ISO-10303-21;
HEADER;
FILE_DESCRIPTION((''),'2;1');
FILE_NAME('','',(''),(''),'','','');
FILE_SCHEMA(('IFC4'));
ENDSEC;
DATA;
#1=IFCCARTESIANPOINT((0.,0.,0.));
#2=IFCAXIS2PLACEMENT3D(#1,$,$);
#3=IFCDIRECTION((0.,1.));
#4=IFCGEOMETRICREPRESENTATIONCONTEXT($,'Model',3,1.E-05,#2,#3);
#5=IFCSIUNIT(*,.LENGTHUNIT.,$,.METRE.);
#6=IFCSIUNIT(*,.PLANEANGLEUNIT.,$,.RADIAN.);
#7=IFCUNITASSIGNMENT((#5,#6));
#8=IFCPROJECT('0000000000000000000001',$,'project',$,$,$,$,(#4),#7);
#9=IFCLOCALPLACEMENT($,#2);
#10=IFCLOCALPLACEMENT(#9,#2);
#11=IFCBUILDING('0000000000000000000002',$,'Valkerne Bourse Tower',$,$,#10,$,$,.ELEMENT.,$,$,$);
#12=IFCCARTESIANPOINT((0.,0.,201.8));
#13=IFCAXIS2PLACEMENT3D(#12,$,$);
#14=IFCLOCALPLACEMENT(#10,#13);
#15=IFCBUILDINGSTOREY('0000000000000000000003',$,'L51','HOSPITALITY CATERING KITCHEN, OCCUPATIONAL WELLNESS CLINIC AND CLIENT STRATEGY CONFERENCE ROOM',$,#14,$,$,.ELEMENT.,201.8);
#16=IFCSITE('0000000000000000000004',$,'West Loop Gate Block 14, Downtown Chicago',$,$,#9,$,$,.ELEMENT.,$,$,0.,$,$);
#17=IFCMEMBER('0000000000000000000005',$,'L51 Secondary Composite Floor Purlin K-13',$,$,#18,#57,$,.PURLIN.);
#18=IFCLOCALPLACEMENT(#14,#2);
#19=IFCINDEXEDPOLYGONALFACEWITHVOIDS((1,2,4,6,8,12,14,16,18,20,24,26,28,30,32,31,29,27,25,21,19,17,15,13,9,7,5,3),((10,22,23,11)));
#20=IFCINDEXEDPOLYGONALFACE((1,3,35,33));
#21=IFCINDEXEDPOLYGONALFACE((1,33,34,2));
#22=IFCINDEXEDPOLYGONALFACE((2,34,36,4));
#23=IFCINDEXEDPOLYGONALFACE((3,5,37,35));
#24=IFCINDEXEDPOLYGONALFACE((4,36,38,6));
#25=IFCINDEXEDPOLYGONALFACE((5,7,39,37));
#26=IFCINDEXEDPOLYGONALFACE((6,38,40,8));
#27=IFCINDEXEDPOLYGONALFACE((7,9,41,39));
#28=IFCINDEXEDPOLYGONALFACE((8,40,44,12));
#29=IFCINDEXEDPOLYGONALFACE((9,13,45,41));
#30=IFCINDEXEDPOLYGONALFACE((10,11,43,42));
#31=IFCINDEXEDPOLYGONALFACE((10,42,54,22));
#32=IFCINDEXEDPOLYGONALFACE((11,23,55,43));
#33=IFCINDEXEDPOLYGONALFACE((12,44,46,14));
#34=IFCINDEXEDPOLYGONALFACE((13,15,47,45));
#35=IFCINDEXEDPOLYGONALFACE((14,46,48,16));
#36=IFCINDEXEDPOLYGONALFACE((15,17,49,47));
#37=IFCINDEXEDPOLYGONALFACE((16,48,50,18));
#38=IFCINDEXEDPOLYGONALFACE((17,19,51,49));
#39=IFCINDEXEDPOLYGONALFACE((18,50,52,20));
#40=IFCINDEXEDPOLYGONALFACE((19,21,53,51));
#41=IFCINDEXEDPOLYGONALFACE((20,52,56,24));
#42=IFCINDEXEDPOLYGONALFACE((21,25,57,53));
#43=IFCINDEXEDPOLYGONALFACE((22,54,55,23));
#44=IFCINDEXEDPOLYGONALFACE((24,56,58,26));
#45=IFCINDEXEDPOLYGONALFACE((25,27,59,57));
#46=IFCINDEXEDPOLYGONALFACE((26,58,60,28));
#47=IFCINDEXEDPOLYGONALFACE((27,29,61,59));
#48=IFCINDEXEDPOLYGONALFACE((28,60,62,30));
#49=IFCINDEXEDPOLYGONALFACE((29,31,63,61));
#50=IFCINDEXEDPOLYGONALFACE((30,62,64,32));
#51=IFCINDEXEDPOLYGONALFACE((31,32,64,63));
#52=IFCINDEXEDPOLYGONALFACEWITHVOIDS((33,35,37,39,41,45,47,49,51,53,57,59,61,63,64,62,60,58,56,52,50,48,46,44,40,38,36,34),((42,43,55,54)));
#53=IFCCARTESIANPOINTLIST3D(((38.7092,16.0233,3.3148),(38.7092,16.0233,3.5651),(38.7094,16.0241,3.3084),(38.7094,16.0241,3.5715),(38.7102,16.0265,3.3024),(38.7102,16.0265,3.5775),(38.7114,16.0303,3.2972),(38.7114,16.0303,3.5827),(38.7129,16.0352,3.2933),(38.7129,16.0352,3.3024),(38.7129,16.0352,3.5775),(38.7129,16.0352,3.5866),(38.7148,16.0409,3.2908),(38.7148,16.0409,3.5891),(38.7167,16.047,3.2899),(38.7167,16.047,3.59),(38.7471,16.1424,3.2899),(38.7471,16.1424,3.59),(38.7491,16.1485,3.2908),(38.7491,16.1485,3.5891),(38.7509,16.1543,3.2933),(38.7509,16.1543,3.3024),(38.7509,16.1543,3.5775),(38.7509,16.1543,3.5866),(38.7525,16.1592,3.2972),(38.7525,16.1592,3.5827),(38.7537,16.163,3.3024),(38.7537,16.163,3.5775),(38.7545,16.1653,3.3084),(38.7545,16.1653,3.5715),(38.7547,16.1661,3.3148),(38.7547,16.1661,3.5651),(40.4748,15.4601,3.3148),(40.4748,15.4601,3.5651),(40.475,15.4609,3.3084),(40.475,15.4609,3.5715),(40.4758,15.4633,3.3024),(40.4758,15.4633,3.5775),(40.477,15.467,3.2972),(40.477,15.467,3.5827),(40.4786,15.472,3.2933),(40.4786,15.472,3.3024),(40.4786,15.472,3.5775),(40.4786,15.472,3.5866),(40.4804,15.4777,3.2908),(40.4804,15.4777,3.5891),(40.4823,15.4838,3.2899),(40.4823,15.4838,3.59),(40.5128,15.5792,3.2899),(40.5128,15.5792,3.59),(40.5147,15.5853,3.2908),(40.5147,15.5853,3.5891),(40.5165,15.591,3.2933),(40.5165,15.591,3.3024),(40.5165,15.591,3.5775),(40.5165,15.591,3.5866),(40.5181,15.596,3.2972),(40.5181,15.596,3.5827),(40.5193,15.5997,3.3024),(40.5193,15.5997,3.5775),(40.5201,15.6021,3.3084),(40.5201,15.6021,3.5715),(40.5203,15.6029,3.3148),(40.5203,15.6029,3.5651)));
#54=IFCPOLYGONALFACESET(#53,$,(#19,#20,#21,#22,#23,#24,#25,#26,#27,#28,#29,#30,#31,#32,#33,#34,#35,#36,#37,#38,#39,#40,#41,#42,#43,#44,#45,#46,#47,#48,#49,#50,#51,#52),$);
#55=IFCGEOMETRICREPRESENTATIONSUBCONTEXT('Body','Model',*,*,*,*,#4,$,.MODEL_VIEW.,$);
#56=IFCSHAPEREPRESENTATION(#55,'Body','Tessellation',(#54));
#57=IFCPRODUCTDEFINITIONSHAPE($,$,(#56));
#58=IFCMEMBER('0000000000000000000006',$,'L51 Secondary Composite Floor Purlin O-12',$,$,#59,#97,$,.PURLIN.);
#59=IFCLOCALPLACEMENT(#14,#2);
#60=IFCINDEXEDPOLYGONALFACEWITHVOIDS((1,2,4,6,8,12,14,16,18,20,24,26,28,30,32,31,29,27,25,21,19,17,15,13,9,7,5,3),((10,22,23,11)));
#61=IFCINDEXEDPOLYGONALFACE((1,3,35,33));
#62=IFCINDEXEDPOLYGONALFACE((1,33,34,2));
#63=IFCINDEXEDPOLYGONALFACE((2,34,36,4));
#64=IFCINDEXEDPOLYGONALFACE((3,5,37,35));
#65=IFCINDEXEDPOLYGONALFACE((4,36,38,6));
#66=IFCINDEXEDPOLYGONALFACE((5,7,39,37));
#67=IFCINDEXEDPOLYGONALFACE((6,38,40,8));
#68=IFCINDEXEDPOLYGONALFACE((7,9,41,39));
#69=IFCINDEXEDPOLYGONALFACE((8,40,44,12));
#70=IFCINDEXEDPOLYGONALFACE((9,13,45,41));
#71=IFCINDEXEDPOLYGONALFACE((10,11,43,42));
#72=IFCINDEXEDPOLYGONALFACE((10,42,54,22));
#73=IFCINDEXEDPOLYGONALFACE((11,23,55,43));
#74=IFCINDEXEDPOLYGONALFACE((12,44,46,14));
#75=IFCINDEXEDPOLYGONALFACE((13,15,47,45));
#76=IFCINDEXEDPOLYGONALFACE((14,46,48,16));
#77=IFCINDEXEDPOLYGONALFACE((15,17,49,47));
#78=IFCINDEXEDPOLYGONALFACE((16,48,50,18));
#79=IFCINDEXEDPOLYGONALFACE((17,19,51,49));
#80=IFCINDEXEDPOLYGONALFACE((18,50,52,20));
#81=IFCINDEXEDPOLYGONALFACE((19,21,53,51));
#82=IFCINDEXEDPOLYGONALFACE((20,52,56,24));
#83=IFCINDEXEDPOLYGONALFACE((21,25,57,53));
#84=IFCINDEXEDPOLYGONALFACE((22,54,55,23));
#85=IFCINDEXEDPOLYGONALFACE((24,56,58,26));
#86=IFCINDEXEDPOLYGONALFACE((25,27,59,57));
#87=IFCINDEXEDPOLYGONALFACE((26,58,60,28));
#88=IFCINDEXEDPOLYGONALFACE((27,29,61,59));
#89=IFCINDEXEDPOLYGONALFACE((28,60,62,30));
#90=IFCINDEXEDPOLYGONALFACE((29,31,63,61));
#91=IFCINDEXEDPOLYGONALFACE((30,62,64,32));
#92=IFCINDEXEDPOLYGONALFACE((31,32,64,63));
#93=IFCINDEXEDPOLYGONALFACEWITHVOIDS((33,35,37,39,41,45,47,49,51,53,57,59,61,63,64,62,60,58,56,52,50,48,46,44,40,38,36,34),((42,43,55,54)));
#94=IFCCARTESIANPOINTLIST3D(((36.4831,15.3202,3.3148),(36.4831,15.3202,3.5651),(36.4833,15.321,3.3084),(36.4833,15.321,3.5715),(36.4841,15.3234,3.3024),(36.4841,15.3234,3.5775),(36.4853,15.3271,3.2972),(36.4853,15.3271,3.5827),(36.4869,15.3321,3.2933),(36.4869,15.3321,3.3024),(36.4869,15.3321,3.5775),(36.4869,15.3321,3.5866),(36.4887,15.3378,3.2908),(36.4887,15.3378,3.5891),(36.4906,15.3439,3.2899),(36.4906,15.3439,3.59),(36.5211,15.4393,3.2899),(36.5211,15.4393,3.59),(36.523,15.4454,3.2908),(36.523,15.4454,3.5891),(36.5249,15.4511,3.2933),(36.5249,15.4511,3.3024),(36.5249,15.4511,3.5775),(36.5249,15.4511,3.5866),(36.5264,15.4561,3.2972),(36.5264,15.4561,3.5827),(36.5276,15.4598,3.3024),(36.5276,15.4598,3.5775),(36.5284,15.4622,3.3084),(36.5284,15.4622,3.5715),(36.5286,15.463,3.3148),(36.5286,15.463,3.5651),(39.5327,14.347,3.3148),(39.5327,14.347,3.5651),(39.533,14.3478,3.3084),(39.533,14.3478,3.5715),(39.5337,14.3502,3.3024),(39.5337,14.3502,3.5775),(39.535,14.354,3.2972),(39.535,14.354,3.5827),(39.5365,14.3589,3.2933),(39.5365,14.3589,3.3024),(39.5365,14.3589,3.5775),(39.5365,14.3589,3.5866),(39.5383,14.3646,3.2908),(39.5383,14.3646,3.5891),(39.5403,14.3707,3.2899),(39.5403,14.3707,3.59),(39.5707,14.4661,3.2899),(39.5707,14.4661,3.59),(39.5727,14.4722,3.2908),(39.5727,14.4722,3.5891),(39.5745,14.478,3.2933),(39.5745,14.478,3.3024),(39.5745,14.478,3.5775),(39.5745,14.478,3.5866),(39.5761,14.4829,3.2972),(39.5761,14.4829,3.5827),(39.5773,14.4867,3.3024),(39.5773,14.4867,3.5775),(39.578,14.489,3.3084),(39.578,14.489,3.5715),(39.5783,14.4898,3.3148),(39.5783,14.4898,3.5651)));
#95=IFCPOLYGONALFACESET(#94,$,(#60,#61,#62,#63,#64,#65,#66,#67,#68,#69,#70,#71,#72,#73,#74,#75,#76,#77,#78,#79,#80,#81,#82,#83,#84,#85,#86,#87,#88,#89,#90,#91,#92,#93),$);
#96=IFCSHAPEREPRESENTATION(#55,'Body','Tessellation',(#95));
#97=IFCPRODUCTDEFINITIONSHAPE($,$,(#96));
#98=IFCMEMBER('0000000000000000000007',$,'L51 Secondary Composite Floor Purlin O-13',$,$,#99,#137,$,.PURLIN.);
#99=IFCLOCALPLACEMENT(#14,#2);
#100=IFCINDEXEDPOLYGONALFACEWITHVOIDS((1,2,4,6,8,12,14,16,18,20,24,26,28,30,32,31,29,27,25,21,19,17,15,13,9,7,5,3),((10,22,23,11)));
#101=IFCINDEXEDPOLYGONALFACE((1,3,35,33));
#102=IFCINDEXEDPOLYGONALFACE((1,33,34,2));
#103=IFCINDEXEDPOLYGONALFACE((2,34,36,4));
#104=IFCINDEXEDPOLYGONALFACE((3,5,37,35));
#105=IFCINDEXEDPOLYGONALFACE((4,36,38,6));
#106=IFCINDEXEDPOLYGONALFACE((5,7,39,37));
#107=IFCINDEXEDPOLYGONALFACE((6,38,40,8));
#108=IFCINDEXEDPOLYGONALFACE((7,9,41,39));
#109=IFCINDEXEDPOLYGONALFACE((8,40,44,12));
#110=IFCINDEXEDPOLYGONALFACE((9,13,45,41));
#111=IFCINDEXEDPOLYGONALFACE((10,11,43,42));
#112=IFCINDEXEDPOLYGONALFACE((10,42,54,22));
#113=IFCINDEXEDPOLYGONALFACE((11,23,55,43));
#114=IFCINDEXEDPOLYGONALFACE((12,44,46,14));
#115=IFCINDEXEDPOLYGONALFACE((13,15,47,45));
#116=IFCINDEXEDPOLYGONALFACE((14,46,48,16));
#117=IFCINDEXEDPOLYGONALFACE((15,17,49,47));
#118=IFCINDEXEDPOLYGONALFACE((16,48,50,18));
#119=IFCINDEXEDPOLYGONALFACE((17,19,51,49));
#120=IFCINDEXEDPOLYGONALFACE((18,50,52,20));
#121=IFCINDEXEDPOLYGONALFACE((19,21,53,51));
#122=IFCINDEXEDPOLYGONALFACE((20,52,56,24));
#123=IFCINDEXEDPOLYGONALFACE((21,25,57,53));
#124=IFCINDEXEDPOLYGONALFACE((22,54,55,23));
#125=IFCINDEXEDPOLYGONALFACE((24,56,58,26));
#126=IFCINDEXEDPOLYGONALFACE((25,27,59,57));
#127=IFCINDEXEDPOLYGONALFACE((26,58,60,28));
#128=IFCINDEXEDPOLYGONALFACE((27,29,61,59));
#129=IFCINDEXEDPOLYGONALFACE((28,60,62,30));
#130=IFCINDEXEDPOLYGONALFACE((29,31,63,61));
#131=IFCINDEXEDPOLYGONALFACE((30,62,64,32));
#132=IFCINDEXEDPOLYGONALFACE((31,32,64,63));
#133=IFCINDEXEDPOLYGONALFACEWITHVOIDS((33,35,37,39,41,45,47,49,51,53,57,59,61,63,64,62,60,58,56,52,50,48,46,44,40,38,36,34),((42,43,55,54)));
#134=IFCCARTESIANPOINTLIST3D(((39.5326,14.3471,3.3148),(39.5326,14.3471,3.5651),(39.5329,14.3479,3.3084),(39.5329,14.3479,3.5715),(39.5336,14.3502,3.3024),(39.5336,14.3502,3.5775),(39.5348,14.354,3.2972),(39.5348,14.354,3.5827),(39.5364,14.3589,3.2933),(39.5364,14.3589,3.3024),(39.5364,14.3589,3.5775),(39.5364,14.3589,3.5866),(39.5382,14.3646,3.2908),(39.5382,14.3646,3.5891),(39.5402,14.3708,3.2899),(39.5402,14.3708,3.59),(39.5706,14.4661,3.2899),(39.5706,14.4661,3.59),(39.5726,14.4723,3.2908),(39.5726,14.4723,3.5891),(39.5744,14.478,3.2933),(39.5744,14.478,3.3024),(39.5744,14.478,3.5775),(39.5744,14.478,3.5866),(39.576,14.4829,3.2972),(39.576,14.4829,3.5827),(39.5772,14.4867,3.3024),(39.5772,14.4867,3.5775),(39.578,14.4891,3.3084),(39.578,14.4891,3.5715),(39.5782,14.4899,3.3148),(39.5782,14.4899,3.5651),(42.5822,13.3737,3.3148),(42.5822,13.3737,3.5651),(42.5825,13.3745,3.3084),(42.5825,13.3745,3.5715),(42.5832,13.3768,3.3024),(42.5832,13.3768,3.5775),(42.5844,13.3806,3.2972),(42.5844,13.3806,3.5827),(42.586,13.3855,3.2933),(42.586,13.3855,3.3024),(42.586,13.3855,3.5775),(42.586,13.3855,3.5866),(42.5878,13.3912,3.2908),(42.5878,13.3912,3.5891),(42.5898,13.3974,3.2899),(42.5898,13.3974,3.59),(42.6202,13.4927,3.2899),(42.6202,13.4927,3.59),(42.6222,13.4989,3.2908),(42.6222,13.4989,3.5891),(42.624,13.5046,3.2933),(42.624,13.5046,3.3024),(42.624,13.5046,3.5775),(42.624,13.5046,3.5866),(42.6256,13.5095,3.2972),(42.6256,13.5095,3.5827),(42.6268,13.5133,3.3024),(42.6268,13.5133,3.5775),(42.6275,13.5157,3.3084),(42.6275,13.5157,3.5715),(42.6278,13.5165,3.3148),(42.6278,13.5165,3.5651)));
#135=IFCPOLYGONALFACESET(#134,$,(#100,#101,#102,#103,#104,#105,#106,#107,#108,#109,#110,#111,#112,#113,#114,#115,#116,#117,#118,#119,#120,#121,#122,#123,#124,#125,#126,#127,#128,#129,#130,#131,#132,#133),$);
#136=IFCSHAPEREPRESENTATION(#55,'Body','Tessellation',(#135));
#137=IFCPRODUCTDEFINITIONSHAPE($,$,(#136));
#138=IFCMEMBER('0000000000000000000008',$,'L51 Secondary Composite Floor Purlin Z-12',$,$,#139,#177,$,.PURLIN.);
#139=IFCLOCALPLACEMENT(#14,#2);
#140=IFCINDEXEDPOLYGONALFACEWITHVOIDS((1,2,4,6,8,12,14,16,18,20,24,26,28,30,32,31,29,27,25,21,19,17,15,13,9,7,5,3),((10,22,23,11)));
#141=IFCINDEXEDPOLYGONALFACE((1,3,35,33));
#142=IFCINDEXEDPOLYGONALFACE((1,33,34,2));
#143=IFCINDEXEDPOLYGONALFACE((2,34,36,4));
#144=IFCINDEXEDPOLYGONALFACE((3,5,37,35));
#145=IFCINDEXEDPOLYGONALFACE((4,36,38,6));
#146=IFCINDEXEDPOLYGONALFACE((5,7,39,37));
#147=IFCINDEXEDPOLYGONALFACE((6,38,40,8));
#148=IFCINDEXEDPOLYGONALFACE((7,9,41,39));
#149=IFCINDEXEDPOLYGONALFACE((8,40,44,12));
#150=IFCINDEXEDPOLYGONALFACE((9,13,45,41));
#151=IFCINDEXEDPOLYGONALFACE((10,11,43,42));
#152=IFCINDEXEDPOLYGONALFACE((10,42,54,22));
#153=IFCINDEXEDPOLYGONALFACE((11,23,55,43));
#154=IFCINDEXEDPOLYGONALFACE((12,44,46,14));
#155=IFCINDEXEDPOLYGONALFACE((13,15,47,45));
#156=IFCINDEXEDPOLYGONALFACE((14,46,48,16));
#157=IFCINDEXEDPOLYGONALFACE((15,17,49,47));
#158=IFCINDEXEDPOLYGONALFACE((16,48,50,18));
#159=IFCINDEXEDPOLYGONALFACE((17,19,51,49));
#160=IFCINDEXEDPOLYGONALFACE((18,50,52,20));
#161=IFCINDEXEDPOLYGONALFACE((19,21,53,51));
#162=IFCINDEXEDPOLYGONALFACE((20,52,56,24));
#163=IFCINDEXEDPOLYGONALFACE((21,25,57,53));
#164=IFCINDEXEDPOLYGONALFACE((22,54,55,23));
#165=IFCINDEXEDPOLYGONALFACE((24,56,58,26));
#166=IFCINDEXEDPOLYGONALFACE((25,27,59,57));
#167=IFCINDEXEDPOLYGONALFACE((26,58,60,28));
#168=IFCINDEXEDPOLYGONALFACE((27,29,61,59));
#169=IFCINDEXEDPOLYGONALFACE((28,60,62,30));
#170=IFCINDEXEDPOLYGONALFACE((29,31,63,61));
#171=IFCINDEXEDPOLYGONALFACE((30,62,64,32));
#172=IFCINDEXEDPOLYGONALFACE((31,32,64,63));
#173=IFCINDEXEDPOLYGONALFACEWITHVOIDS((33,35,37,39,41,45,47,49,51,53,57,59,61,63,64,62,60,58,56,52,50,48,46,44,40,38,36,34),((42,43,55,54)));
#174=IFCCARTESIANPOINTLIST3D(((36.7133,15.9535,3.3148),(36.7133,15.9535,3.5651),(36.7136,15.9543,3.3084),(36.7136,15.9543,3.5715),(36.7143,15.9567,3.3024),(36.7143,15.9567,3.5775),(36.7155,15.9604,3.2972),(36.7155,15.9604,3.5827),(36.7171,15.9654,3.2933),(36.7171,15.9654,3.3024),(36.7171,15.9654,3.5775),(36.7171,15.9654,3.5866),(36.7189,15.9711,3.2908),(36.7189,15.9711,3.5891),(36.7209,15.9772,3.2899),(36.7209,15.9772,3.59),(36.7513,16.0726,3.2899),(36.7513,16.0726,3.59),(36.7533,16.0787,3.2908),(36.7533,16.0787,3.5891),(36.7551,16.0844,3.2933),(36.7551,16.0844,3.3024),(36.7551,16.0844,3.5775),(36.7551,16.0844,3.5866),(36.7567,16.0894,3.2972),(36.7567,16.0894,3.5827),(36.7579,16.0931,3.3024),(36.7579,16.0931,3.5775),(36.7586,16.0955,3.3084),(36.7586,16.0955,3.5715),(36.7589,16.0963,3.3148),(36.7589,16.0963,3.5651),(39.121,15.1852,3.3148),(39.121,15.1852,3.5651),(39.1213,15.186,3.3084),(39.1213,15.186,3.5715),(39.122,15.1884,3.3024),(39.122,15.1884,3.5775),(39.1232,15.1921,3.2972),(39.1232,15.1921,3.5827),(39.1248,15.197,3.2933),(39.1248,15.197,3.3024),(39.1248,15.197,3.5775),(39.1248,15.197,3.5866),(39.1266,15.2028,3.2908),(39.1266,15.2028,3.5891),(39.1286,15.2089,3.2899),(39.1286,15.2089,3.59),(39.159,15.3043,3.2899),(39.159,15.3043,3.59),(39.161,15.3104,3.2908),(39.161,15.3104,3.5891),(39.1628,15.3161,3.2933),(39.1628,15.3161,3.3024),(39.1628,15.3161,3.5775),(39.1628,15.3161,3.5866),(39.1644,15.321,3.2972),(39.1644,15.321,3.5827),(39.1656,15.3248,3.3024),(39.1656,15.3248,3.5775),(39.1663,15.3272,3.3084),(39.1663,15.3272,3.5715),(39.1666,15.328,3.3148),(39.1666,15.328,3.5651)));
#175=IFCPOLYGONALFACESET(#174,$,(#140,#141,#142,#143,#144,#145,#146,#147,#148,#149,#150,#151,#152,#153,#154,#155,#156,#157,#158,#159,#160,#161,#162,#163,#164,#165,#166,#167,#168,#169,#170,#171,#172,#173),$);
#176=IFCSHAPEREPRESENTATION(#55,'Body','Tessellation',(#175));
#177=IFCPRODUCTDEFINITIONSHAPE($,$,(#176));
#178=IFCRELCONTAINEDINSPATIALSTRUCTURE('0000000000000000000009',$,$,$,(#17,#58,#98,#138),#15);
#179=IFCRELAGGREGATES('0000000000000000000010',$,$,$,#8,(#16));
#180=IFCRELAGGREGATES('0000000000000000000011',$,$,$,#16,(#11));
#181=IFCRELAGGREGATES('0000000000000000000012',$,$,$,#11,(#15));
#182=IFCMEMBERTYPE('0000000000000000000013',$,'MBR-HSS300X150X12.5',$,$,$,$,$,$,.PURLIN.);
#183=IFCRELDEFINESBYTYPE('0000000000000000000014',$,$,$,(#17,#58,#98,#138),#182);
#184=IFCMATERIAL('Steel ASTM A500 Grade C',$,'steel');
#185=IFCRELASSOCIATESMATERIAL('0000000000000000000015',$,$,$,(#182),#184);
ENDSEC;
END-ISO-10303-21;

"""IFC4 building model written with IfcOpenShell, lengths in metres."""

from ifc_helpers import new_model, si_unit, direction, frame, origin, origin_2d, place, context, subcontext, project, spatial, hollow_rectangle, extrude, material, material_profile, profile_set, type_object, element, save


model = new_model("IFC4")

# Units and contexts
model_context = context("Model", 3, precision=1e-05, world=origin(), true_north=direction((0.0, 1.0)))
body_context = subcontext(model_context, "Body", "Model", "MODEL_VIEW")
ifc_project = project(units=[si_unit("LENGTHUNIT", "METRE"), si_unit("PLANEANGLEUNIT", "RADIAN")], contexts=[model_context])

# Site, building, storey
site_placement = place(None, origin())
site = spatial("IfcSite", under=ifc_project, at=site_placement, Name="West Loop Gate Block 14, Downtown Chicago", CompositionType="ELEMENT", RefElevation=0.0)
building_placement = place(site_placement, origin())
building = spatial("IfcBuilding", under=site, at=building_placement, Name="Valkerne Bourse Tower", CompositionType="ELEMENT")
storey_placement = place(building_placement, frame((0.0, 0.0, 201.8)))
storey = spatial("IfcBuildingStorey", under=building, at=storey_placement, Name="L51", Description="HOSPITALITY CATERING KITCHEN, OCCUPATIONAL WELLNESS CLINIC AND CLIENT STRATEGY CONFERENCE ROOM", CompositionType="ELEMENT", Elevation=201.8)

# Members
ifc_material_1 = material(Name="Steel ASTM A500 Grade C", Category="steel")
ifc_material_profile_1 = material_profile(ifc_material_1, hollow_rectangle(XDim=0.1499, YDim=0.3, WallThickness=0.0125, OuterFilletRadius=0.0249, at=origin_2d()), Name="HSS300X150X12.5")
ifc_profile_set_1 = profile_set([ifc_material_profile_1], Name="Steel ASTM A500 Grade C")
member_type_1 = type_object("IfcMemberType", Name="MBR-HSS300X150X12.5", PredefinedType="PURLIN", material=ifc_profile_set_1)
member_1_placement = place(storey_placement, frame((38.7319, 16.0947, 3.4399), z_axis=(0.952701, -0.30391, 0.0), x_axis=(0.30391, 0.952701, 0.0)))
element("IfcMember", 1, at=member_1_placement, inside=storey, type_object=member_type_1, Name="L51 Secondary Composite Floor Purlin K-13", PredefinedType="PURLIN", context=body_context, shape_type="SweptSolid", body=[
    extrude(hollow_rectangle(XDim=0.1499, YDim=0.3, WallThickness=0.0125, OuterFilletRadius=0.0249, at=origin_2d()), origin(), (0.0, 0.0, 1.0), 1.8533),
])
for number, where, z_axis, x_axis, name in (
    (2, (36.5059, 15.3916, 3.4399), (0.95267, -0.304006, 0.0), (0.304006, 0.95267, 0.0), "L51 Secondary Composite Floor Purlin O-12"),
    (3, (39.5554, 14.4185, 3.4399), (0.952648, -0.304076, 0.0), (0.304076, 0.952648, 0.0), "L51 Secondary Composite Floor Purlin O-13"),
):
    element("IfcMember", number, at=place(storey_placement, frame(where, z_axis=z_axis, x_axis=x_axis)), inside=storey, type_object=member_type_1, Name=name, PredefinedType="PURLIN", context=body_context, shape_type="SweptSolid", body=[
        extrude(hollow_rectangle(XDim=0.1499, YDim=0.3, WallThickness=0.0125, OuterFilletRadius=0.0249, at=origin_2d()), origin(), (0.0, 0.0, 1.0), 3.2012),
    ])
member_2_placement = place(storey_placement, frame((36.7361, 16.0249, 3.4399), z_axis=(0.952672, -0.304001, 0.0), x_axis=(0.304001, 0.952672, 0.0)))
element("IfcMember", 4, at=member_2_placement, inside=storey, type_object=member_type_1, Name="L51 Secondary Composite Floor Purlin Z-12", PredefinedType="PURLIN", context=body_context, shape_type="SweptSolid", body=[
    extrude(hollow_rectangle(XDim=0.1499, YDim=0.3, WallThickness=0.0125, OuterFilletRadius=0.0249, at=origin_2d()), origin(), (0.0, 0.0, 1.0), 2.5273),
])

save(model, "model.ifc")
